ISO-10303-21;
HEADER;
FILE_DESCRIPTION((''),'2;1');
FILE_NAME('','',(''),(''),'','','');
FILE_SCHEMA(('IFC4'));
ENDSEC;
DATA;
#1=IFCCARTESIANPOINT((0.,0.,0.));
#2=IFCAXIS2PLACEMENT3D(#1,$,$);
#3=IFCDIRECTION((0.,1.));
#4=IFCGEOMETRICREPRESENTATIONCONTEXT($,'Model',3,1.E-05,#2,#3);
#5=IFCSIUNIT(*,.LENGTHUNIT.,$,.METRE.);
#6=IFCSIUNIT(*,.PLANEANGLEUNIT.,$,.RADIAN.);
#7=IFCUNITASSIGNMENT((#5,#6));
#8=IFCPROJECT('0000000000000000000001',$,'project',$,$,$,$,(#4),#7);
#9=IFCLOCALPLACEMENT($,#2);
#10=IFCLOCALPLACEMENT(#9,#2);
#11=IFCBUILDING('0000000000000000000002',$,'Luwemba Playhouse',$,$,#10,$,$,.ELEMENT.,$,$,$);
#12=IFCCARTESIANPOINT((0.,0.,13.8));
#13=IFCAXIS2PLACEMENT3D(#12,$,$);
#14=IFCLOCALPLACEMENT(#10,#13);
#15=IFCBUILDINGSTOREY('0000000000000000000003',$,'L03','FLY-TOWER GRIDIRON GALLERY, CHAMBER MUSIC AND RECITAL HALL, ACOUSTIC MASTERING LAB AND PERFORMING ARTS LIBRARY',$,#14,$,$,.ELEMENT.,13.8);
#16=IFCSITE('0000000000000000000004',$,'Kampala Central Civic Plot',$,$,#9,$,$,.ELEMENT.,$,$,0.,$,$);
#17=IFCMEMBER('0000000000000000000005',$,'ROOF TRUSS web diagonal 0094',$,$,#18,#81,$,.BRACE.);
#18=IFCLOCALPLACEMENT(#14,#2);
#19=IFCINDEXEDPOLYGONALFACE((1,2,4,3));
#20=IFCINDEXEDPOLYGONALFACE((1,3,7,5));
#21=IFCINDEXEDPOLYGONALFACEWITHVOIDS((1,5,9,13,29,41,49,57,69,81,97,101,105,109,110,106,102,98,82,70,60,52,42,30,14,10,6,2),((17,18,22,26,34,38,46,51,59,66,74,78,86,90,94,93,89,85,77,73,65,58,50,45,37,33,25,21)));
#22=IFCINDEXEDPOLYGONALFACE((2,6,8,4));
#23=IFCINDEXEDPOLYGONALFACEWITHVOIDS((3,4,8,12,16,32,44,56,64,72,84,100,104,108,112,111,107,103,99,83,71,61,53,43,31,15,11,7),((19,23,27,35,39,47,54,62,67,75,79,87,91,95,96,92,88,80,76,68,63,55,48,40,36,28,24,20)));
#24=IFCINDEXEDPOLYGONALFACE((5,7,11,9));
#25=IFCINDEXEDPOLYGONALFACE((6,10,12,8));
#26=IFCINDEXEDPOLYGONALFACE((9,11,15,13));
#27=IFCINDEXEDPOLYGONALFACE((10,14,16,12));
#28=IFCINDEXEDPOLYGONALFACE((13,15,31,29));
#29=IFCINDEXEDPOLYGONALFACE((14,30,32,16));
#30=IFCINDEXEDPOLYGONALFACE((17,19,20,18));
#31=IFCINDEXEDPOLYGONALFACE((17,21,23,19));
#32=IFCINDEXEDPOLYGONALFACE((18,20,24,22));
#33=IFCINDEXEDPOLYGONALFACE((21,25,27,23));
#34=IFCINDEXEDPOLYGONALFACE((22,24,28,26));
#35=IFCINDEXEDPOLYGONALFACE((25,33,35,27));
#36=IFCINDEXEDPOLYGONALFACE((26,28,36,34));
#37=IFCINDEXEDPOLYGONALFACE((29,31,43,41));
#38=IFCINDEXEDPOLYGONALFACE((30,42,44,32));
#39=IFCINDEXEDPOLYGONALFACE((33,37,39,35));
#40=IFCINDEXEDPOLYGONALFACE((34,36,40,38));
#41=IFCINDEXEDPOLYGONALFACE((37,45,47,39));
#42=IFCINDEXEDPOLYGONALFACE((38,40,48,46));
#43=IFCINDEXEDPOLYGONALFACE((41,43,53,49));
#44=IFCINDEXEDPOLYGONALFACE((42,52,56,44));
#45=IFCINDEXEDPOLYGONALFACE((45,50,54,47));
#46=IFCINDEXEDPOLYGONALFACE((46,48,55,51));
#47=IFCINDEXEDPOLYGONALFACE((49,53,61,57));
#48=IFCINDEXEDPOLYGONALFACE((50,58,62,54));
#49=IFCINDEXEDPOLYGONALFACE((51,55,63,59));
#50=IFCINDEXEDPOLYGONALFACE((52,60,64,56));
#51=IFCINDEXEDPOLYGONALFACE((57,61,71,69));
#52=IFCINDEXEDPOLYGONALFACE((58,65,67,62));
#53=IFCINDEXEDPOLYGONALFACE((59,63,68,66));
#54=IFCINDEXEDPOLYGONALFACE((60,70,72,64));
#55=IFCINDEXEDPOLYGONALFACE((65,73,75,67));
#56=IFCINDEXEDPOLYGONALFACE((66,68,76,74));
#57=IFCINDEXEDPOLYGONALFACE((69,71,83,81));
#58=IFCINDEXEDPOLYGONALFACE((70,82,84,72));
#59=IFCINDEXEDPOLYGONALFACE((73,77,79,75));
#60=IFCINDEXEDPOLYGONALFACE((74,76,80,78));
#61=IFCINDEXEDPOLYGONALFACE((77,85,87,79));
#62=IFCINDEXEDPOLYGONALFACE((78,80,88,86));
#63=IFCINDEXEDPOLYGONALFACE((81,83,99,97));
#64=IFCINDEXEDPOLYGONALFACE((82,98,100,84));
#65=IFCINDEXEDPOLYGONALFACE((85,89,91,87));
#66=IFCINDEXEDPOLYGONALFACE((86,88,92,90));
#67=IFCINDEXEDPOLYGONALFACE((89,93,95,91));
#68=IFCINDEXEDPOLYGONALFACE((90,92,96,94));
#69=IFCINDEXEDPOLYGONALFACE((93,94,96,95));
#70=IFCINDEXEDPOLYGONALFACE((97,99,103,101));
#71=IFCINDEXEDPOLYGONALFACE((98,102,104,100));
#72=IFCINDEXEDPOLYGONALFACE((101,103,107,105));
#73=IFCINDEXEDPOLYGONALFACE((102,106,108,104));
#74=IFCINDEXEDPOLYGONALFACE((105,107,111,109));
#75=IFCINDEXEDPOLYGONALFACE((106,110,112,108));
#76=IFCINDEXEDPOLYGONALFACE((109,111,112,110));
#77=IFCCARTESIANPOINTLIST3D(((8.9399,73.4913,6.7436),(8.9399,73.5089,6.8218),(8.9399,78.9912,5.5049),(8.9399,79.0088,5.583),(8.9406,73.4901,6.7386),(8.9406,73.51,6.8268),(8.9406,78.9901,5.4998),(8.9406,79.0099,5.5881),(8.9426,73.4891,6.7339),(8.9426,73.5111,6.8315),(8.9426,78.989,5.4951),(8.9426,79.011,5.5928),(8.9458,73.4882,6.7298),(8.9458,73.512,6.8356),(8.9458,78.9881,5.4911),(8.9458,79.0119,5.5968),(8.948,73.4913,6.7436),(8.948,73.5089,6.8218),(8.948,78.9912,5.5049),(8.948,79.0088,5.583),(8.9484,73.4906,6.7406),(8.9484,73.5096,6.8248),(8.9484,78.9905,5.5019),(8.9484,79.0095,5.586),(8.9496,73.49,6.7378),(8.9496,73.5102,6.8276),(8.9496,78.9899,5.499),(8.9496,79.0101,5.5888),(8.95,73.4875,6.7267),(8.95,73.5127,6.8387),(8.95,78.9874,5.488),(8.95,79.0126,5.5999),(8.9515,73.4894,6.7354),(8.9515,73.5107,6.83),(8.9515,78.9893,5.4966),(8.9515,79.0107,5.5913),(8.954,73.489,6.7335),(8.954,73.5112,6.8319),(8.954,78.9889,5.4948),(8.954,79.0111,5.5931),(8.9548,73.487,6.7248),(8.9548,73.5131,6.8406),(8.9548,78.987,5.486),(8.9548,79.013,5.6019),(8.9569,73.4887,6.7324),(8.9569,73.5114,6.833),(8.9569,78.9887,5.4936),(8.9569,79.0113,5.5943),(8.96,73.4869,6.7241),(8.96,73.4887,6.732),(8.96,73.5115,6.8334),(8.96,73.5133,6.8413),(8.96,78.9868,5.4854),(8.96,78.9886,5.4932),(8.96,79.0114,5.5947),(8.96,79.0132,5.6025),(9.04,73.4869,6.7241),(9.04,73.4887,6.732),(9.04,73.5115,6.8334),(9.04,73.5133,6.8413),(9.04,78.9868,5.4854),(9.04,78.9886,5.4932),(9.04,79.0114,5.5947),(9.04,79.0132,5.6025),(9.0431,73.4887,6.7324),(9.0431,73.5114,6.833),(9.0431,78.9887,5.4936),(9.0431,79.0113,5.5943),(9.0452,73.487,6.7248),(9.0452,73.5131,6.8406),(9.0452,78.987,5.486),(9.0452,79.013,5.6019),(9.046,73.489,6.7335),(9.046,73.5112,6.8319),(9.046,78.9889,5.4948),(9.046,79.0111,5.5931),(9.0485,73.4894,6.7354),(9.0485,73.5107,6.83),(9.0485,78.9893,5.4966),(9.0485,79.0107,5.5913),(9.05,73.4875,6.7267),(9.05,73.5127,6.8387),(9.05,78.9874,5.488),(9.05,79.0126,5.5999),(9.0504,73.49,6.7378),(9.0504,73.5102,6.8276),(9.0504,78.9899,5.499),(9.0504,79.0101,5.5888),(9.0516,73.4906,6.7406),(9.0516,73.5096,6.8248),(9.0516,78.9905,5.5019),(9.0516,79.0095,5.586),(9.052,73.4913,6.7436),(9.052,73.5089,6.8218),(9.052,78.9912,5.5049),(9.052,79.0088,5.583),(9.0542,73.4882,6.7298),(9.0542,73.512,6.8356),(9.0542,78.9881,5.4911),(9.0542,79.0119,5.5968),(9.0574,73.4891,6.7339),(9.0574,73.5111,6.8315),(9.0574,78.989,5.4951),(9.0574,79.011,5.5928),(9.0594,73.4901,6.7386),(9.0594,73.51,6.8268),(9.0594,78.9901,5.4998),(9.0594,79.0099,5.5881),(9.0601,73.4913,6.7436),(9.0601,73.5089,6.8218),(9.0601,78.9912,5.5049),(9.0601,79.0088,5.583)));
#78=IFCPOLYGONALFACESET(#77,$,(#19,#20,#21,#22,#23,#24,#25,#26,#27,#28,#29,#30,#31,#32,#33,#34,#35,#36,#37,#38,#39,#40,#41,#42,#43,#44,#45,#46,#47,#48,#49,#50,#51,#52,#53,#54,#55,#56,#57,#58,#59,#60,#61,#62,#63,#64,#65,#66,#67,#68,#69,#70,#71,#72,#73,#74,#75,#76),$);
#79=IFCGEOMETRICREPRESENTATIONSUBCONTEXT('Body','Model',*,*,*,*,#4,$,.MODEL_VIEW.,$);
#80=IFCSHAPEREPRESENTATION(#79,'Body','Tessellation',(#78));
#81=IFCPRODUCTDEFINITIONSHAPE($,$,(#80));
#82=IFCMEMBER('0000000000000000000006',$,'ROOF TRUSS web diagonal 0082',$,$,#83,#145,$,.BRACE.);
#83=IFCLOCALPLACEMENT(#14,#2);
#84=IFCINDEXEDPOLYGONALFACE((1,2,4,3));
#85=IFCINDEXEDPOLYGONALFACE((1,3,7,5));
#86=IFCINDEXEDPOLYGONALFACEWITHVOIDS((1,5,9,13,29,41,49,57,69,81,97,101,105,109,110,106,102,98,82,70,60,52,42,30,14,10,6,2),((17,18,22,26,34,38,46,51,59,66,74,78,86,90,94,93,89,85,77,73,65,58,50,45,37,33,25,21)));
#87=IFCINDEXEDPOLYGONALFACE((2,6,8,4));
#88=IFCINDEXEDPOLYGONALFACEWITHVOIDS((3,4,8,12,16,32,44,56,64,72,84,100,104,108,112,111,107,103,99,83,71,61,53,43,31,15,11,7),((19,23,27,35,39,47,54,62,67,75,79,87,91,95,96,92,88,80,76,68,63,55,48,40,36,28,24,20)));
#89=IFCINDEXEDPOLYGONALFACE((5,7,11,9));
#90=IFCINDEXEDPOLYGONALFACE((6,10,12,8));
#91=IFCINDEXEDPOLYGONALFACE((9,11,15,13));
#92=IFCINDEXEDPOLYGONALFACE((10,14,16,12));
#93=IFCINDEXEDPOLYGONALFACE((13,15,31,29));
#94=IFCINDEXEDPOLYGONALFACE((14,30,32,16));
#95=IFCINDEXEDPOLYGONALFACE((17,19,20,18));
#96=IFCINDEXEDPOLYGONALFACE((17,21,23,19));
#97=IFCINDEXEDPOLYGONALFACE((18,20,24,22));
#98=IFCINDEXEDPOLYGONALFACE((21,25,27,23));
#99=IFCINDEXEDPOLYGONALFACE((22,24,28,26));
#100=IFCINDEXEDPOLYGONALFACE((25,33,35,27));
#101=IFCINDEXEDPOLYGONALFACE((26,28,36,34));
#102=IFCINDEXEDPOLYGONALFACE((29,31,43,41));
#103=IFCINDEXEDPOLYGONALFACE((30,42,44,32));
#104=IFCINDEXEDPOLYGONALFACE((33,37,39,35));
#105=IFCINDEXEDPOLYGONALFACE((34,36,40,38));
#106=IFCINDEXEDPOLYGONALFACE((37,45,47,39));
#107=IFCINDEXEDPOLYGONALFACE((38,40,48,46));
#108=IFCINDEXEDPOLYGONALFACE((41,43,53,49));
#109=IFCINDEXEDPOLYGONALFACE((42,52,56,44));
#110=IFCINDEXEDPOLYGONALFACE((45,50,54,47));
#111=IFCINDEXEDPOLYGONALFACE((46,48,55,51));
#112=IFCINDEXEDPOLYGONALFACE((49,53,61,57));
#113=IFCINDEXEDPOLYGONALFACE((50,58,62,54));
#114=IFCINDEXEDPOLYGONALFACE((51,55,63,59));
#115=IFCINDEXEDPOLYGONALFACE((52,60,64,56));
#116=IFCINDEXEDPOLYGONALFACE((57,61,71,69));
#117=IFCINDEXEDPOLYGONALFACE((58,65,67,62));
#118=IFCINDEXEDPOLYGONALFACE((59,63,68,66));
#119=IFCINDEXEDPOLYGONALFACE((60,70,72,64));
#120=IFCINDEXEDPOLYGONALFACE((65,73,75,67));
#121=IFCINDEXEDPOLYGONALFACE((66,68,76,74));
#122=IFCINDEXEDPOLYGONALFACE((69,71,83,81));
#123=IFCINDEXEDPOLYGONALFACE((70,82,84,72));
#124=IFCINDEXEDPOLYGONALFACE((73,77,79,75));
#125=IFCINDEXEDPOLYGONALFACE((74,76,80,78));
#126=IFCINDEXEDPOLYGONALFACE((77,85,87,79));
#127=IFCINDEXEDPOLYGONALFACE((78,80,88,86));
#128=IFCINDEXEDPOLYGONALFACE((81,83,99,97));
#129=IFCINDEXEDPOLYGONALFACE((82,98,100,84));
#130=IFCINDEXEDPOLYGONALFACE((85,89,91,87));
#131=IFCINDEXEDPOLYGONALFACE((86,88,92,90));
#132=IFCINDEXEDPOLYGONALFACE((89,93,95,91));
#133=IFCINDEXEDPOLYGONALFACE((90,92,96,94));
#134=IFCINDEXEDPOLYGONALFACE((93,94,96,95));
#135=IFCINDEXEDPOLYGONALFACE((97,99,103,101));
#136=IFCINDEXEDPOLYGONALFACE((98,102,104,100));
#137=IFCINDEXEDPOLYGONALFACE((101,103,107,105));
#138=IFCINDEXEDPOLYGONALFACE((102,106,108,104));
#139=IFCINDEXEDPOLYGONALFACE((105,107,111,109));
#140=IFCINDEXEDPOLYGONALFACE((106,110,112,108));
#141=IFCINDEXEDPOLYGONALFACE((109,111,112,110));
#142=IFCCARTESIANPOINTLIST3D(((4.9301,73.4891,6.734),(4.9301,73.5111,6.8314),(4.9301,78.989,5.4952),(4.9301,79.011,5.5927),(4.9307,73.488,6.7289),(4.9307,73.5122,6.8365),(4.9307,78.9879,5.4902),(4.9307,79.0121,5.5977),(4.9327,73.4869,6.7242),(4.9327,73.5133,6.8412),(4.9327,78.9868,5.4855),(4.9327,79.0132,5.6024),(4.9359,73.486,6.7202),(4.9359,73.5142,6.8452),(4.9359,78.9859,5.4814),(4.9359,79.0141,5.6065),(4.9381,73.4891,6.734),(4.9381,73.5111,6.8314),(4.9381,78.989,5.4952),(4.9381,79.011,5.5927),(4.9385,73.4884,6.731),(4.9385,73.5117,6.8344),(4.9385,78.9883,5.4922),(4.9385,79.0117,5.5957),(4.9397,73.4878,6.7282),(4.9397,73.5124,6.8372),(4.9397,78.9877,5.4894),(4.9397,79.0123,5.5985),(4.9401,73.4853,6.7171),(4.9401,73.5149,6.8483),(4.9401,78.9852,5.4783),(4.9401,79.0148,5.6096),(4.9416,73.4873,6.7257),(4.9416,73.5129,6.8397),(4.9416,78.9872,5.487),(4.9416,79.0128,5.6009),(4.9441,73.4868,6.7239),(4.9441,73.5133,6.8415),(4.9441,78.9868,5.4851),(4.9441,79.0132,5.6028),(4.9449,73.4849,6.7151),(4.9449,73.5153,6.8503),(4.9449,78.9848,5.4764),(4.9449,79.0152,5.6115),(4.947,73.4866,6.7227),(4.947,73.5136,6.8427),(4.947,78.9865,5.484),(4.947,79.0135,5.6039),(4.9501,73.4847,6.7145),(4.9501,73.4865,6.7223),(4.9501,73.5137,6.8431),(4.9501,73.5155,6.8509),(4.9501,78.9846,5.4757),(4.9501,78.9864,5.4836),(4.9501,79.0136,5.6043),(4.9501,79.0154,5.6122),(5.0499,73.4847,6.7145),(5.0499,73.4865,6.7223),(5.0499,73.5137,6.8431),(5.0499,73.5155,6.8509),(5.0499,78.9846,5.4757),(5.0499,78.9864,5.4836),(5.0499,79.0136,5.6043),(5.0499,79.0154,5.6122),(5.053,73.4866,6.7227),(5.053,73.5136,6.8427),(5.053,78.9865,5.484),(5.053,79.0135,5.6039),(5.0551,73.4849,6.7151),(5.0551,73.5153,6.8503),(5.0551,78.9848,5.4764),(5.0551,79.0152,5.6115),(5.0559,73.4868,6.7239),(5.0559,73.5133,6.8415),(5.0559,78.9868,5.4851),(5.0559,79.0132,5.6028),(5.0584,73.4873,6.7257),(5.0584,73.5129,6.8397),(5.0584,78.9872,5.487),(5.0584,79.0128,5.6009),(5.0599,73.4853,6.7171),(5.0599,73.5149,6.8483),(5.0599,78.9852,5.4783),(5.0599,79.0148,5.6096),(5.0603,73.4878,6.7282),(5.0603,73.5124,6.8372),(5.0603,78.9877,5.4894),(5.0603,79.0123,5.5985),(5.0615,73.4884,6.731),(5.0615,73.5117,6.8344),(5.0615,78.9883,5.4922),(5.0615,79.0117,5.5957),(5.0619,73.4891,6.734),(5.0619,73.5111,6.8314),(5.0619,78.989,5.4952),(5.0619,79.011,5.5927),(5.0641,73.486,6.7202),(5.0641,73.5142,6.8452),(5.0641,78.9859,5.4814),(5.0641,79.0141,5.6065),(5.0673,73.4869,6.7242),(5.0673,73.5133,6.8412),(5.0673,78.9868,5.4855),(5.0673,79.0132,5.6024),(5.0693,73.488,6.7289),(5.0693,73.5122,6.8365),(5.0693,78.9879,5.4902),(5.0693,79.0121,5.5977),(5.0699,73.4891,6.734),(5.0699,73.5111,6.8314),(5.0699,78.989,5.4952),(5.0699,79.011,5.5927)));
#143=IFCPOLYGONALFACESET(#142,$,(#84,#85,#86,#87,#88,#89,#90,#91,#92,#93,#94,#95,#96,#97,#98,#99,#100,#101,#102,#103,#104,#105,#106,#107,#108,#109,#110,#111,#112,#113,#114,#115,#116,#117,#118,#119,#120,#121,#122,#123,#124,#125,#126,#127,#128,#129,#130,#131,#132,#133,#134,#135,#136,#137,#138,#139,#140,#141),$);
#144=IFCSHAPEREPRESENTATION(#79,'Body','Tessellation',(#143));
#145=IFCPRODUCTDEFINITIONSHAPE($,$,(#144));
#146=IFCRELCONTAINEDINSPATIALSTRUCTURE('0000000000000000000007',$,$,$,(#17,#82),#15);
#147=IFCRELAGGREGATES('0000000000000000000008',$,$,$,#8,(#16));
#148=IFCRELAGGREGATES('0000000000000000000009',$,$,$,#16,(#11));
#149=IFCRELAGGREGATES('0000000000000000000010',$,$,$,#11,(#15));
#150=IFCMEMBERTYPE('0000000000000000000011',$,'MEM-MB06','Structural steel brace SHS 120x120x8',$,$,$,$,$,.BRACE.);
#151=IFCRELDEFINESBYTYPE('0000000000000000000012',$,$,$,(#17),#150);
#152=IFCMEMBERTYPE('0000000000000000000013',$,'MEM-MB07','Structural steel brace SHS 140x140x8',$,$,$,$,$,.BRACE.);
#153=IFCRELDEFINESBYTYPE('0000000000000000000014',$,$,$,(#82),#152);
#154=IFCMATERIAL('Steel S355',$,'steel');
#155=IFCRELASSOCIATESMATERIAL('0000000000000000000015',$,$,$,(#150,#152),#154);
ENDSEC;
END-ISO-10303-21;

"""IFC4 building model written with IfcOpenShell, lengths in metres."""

from ifc_helpers import new_model, si_unit, direction, frame, origin, origin_2d, place, context, subcontext, project, spatial, hollow_rectangle, extrude, material, material_profile, profile_set, type_object, element, save


model = new_model("IFC4")

# Units and contexts
model_context = context("Model", 3, precision=1e-05, world=origin(), true_north=direction((0.0, 1.0)))
body_context = subcontext(model_context, "Body", "Model", "MODEL_VIEW")
ifc_project = project(units=[si_unit("LENGTHUNIT", "METRE"), si_unit("PLANEANGLEUNIT", "RADIAN")], contexts=[model_context])

# Site, building, storey
site_placement = place(None, origin())
site = spatial("IfcSite", under=ifc_project, at=site_placement, Name="Kampala Central Civic Plot", CompositionType="ELEMENT", RefElevation=0.0)
building_placement = place(site_placement, origin())
building = spatial("IfcBuilding", under=site, at=building_placement, Name="Luwemba Playhouse", CompositionType="ELEMENT")
storey_placement = place(building_placement, frame((0.0, 0.0, 13.8)))
storey = spatial("IfcBuildingStorey", under=building, at=storey_placement, Name="L03", Description="FLY-TOWER GRIDIRON GALLERY, CHAMBER MUSIC AND RECITAL HALL, ACOUSTIC MASTERING LAB AND PERFORMING ARTS LIBRARY", CompositionType="ELEMENT", Elevation=13.8)

# Shared definitions
ifc_material_1 = material(Name="Steel S355", Category="steel")

# Members
ifc_material_profile_1 = material_profile(ifc_material_1, hollow_rectangle(XDim=0.1201, YDim=0.1201, WallThickness=0.0081, InnerFilletRadius=0.012, OuterFilletRadius=0.02, at=origin_2d()))
ifc_profile_set_1 = profile_set([ifc_material_profile_1], Name="Steel S355")
member_type_1 = type_object("IfcMemberType", Name="MEM-MB06", Description="Structural steel brace SHS 120x120x8", PredefinedType="BRACE", material=ifc_profile_set_1)
member_1_placement = place(storey_placement, frame((9.0, 79.0, 5.5439), z_axis=(0.0, -0.975562, 0.219727), x_axis=(1.0, 0.0, 0.0)))
element("IfcMember", 1, at=member_1_placement, inside=storey, type_object=member_type_1, Name="ROOF TRUSS web diagonal 0094", PredefinedType="BRACE", context=body_context, shape_type="SweptSolid", body=[
    extrude(hollow_rectangle(XDim=0.1201, YDim=0.1201, WallThickness=0.0081, InnerFilletRadius=0.012, OuterFilletRadius=0.02, at=origin_2d()), origin(), (0.0, 0.0, 1.0), 5.6377),
])
ifc_material_profile_2 = material_profile(ifc_material_1, hollow_rectangle(XDim=0.1399, YDim=0.1399, WallThickness=0.0081, InnerFilletRadius=0.012, OuterFilletRadius=0.02, at=origin_2d()))
ifc_profile_set_2 = profile_set([ifc_material_profile_2], Name="Steel S355")
member_type_2 = type_object("IfcMemberType", Name="MEM-MB07", Description="Structural steel brace SHS 140x140x8", PredefinedType="BRACE", material=ifc_profile_set_2)
for number, where, z_axis, x_axis, name in (
    (2, (5.0, 79.0, 5.5439), (0.0, -0.975562, 0.219727), (1.0, 0.0, 0.0), "ROOF TRUSS web diagonal 0082"),
):
    element("IfcMember", number, at=place(storey_placement, frame(where, z_axis=z_axis, x_axis=x_axis)), inside=storey, type_object=member_type_2, Name=name, PredefinedType="BRACE", context=body_context, shape_type="SweptSolid", body=[
        extrude(hollow_rectangle(XDim=0.1399, YDim=0.1399, WallThickness=0.0081, InnerFilletRadius=0.012, OuterFilletRadius=0.02, at=origin_2d()), origin(), (0.0, 0.0, 1.0), 5.6377),
    ])

save(model, "model.ifc")
